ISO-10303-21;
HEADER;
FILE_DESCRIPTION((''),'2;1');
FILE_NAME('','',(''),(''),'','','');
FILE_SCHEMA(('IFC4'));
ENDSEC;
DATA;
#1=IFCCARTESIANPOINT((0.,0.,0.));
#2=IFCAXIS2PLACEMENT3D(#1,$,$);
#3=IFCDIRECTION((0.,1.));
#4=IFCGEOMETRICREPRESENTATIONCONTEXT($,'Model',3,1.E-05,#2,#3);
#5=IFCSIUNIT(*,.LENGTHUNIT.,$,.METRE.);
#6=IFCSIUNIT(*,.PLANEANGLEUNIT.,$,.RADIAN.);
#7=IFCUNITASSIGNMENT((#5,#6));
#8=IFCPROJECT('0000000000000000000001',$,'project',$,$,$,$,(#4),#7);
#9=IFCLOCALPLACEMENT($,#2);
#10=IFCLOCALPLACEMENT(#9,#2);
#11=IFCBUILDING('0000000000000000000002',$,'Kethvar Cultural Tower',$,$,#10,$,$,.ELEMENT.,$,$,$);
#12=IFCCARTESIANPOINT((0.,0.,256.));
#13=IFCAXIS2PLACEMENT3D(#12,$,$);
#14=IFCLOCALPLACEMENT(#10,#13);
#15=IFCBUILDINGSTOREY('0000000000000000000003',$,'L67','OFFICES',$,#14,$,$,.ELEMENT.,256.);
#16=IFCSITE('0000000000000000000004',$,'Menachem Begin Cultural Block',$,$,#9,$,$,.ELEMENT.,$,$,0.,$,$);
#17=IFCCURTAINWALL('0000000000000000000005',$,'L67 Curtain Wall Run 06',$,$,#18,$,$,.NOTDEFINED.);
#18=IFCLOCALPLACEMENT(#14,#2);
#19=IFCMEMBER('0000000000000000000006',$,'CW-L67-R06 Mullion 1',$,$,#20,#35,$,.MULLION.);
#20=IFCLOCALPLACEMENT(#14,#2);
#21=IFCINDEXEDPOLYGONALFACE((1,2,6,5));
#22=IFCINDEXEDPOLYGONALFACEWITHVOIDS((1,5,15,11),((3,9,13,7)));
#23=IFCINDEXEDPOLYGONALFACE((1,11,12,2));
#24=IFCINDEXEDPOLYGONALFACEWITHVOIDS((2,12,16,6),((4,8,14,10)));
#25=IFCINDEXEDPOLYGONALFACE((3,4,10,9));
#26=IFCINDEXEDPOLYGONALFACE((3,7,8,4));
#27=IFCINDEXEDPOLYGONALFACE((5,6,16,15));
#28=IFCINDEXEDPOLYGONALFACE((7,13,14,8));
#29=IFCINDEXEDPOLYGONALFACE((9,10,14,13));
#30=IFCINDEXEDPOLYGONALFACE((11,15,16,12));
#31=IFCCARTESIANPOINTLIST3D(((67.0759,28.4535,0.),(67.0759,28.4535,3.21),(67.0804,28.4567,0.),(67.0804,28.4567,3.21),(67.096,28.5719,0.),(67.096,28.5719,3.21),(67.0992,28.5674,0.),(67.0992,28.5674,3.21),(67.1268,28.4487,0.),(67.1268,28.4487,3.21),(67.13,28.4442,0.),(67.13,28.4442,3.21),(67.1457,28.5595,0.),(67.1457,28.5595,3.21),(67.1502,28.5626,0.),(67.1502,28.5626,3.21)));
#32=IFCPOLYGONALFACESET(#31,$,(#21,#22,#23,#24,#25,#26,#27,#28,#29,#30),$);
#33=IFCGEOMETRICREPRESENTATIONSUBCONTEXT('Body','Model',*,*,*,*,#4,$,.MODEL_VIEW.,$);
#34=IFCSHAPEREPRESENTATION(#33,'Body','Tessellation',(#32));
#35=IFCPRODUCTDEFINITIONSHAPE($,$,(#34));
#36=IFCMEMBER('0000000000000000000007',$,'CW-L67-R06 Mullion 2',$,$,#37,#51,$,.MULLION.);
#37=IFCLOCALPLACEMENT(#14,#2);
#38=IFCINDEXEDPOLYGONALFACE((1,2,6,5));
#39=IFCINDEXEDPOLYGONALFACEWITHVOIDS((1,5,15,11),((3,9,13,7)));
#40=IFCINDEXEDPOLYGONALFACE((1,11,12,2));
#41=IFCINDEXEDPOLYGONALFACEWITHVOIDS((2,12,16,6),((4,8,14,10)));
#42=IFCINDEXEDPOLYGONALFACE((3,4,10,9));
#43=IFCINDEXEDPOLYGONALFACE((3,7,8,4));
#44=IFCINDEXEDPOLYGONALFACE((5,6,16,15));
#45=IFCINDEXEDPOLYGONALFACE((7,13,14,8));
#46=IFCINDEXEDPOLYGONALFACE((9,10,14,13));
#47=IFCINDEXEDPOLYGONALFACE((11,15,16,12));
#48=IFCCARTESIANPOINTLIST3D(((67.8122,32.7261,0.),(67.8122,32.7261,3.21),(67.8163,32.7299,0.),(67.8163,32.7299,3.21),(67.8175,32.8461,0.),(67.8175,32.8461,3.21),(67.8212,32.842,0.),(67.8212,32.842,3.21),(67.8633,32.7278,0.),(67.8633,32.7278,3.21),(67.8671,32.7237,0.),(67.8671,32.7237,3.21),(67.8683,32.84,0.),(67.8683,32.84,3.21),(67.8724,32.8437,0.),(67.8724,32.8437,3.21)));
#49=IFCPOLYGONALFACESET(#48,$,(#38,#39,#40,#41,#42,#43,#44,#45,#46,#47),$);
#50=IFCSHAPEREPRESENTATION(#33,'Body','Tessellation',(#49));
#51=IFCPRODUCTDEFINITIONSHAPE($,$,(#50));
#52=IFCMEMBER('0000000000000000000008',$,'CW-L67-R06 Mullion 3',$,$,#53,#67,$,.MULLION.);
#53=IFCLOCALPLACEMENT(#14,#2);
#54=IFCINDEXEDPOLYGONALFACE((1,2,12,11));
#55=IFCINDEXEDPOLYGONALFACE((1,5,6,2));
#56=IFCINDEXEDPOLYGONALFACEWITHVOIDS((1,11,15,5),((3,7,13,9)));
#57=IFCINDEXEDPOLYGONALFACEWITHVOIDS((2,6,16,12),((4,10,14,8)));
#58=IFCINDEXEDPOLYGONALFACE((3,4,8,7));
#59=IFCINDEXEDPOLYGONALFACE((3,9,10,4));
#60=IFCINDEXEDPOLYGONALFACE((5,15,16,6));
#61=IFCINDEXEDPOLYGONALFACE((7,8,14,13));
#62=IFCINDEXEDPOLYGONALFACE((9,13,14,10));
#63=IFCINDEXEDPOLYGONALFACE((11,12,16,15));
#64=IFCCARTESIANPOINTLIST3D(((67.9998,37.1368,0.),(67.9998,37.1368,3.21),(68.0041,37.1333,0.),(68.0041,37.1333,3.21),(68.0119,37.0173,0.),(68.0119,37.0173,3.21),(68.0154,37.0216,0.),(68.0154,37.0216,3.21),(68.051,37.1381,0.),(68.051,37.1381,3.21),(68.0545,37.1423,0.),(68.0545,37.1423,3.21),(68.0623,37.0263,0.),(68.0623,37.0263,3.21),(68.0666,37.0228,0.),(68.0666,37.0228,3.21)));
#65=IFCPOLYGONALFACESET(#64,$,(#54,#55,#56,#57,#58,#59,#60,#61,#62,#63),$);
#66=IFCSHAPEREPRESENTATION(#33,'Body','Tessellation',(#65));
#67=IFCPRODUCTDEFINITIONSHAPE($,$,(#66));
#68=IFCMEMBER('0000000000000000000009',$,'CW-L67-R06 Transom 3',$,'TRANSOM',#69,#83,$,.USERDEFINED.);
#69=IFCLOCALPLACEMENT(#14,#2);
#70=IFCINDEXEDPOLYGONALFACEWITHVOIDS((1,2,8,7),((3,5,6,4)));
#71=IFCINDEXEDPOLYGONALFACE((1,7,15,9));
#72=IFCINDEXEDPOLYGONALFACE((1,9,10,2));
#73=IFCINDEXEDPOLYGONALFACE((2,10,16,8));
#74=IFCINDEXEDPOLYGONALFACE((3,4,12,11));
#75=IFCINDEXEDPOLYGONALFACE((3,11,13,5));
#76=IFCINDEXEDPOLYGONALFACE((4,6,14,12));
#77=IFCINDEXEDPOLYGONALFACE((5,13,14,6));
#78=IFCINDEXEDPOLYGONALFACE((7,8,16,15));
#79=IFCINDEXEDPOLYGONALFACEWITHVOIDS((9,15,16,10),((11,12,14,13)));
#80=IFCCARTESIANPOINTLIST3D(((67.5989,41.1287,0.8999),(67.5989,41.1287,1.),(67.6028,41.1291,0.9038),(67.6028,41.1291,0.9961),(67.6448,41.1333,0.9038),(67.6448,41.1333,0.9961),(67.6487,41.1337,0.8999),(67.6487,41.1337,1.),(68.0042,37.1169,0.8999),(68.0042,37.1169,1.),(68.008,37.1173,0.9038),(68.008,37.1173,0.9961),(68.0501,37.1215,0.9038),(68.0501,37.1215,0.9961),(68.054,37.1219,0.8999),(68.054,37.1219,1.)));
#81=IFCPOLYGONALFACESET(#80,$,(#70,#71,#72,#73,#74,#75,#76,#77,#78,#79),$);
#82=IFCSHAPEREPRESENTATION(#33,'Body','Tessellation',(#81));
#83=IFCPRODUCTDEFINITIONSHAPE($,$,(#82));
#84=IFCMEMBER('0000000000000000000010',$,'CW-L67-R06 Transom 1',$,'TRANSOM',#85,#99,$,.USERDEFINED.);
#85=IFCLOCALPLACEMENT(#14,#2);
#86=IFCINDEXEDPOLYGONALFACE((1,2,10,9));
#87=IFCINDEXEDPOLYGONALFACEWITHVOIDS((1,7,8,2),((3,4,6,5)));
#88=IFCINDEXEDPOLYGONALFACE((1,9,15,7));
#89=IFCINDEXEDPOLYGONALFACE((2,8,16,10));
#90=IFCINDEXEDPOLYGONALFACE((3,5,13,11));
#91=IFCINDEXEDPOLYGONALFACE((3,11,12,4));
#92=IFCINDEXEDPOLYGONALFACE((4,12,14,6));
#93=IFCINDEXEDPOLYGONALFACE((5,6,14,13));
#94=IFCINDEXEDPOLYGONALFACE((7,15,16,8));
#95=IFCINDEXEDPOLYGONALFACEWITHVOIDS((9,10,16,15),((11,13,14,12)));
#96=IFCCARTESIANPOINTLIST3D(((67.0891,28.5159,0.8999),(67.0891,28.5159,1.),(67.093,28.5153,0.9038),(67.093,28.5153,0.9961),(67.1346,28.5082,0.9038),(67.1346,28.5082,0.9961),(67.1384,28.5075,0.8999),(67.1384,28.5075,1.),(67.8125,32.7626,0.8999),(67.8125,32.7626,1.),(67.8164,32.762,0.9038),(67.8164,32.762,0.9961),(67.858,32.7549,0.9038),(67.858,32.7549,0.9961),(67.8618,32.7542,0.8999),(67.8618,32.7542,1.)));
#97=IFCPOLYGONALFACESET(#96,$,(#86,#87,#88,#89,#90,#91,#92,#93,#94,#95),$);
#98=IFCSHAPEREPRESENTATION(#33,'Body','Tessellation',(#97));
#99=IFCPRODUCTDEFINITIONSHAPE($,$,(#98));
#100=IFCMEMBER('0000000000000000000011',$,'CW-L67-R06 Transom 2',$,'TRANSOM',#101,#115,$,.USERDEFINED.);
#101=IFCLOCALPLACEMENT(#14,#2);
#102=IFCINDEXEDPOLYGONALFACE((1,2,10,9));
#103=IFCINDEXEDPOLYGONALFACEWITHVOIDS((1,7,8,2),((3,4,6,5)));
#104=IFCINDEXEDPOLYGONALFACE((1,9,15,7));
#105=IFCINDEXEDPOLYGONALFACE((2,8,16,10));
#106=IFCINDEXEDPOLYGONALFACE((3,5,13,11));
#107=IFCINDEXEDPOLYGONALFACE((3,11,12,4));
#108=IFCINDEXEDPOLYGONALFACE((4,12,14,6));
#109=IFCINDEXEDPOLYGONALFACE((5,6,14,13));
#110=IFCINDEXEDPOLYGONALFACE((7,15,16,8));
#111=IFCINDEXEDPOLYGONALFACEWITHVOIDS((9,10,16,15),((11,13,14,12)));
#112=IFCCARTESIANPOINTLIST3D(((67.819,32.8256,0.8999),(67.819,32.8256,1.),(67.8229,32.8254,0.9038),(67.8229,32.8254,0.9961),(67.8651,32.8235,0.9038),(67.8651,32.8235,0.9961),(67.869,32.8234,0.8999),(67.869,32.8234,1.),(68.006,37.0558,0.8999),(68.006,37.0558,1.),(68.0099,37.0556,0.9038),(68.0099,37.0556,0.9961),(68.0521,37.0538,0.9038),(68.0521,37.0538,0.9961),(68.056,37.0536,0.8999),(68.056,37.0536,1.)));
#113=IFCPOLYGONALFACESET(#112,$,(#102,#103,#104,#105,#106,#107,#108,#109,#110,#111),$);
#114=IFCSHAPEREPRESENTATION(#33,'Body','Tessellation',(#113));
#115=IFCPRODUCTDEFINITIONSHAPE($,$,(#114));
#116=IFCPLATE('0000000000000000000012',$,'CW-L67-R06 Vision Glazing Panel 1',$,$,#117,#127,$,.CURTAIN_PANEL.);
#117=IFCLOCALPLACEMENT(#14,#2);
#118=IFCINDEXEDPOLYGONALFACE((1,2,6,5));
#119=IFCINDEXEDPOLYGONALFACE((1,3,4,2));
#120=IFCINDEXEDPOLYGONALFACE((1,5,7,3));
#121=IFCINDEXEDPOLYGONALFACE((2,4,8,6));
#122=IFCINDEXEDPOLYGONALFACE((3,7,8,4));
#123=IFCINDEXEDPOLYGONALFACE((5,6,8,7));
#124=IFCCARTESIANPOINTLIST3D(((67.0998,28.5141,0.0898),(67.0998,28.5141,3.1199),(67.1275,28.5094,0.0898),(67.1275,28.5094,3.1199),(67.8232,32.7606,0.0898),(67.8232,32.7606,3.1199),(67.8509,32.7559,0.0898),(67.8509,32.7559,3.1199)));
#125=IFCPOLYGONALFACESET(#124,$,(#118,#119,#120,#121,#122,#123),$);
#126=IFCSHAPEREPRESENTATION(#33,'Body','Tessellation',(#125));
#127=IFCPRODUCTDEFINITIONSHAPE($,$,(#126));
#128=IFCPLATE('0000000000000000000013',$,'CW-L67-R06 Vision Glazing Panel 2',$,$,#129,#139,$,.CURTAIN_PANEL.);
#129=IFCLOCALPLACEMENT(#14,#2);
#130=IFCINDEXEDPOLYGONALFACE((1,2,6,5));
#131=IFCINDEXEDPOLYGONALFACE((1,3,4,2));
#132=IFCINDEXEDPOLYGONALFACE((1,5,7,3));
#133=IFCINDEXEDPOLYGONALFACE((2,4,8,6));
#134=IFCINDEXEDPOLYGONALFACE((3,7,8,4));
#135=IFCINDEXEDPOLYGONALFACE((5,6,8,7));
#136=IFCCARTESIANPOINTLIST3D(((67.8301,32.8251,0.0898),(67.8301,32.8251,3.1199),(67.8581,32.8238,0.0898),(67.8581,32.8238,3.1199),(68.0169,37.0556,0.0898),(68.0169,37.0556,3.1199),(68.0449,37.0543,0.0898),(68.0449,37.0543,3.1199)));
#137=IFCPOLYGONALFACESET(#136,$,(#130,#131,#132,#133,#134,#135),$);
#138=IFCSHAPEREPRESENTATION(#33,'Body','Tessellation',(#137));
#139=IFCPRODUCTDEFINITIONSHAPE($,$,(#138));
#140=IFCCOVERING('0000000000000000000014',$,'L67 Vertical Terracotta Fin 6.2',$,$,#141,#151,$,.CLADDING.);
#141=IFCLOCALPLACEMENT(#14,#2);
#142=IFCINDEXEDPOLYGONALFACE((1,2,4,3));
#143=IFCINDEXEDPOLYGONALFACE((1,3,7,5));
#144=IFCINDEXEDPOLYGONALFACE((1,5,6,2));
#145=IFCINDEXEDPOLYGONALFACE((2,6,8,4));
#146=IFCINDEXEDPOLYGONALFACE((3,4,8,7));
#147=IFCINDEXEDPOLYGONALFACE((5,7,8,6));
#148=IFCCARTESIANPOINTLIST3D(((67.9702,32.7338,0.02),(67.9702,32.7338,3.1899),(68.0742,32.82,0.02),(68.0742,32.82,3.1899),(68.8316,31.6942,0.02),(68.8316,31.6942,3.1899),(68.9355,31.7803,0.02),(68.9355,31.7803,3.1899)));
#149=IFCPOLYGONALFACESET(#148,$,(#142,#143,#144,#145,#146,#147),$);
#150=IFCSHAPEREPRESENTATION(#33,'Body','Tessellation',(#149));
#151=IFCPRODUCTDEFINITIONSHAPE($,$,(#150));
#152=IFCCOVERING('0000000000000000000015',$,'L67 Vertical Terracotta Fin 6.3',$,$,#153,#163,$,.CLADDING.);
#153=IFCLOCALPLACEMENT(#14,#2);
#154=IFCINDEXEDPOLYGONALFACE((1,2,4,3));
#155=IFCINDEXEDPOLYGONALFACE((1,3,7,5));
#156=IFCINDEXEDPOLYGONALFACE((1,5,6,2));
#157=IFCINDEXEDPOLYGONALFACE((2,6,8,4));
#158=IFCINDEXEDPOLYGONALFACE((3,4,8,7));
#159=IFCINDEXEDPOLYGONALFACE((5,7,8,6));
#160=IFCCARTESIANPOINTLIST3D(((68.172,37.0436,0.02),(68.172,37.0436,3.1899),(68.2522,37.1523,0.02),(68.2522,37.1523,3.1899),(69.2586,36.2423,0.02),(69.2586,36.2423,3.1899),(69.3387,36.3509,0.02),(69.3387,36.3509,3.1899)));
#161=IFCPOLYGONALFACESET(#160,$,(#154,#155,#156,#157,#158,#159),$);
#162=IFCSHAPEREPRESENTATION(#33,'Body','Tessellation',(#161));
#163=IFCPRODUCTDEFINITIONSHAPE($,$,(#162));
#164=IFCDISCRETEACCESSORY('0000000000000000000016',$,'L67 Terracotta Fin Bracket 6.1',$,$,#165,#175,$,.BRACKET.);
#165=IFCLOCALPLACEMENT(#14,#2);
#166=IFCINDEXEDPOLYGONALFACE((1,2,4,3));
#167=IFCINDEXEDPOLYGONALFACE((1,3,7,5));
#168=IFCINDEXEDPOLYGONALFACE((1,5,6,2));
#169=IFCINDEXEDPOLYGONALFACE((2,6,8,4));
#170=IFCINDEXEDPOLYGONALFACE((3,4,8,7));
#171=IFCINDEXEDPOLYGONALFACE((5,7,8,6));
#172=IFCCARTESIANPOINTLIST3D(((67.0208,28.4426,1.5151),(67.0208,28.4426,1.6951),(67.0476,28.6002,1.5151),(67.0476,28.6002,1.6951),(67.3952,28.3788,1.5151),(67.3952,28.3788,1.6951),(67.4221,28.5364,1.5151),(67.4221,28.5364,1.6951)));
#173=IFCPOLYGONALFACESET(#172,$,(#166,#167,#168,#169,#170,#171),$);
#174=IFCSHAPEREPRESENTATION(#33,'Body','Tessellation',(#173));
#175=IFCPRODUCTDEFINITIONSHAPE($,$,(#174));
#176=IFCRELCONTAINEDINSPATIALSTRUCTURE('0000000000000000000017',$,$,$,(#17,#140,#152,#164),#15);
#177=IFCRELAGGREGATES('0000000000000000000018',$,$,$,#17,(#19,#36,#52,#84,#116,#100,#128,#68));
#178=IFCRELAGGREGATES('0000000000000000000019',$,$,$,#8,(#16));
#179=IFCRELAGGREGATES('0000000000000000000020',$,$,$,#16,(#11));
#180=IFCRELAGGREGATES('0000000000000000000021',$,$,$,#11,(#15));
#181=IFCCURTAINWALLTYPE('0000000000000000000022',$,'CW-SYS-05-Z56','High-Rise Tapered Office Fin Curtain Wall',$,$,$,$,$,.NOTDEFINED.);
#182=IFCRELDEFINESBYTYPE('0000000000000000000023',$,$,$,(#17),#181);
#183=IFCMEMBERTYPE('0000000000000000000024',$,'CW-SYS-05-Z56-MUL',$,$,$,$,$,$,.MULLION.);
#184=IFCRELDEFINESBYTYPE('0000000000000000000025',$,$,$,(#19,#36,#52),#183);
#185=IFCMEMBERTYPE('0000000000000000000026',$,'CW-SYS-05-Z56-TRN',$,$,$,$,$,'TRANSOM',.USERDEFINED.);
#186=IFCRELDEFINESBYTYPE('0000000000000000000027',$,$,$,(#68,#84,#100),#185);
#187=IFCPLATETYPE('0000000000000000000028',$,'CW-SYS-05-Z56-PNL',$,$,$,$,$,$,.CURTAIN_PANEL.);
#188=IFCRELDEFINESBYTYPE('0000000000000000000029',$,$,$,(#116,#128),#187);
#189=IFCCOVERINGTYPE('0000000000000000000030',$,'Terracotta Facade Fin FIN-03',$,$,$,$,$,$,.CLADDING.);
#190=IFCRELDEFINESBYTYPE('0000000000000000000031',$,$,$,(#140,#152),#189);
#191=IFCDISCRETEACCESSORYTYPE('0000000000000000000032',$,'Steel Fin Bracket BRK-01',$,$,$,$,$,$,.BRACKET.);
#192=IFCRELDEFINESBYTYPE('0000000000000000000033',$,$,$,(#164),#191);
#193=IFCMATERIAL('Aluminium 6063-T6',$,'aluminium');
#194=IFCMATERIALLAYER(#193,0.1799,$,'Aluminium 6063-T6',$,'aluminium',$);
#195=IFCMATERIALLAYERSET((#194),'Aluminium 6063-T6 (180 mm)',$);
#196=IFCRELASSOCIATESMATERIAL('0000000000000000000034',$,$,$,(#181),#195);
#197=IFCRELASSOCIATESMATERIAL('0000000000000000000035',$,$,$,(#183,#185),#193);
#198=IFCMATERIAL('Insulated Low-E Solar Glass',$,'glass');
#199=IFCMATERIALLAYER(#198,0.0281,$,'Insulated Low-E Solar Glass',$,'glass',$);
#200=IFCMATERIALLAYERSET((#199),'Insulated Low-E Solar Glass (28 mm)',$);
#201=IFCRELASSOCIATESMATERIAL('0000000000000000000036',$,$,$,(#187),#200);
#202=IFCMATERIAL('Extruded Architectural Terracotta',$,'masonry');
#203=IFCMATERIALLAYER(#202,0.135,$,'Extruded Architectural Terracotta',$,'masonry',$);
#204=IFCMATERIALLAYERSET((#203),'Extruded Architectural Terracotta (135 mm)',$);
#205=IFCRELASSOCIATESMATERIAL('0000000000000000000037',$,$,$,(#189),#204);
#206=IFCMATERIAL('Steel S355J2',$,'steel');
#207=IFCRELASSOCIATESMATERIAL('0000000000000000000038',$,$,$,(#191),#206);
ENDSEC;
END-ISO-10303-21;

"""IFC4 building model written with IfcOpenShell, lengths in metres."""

from ifc_helpers import new_model, si_unit, direction, frame, origin, origin_2d, place, context, subcontext, project, spatial, rectangle, hollow_rectangle, extrude, source, transform, mapped, material, layer, layer_set, material_profile, profile_set, type_object, element, aggregate, save


model = new_model("IFC4")

# Units and contexts
model_context = context("Model", 3, precision=1e-05, world=origin(), true_north=direction((0.0, 1.0)))
body_context = subcontext(model_context, "Body", "Model", "MODEL_VIEW")
ifc_project = project(units=[si_unit("LENGTHUNIT", "METRE"), si_unit("PLANEANGLEUNIT", "RADIAN")], contexts=[model_context])

# Site, building, storey
site_placement = place(None, origin())
site = spatial("IfcSite", under=ifc_project, at=site_placement, Name="Menachem Begin Cultural Block", CompositionType="ELEMENT", RefElevation=0.0)
building_placement = place(site_placement, origin())
building = spatial("IfcBuilding", under=site, at=building_placement, Name="Kethvar Cultural Tower", CompositionType="ELEMENT")
storey_placement = place(building_placement, frame((0.0, 0.0, 256.0)))
storey = spatial("IfcBuildingStorey", under=building, at=storey_placement, Name="L67", Description="OFFICES", CompositionType="ELEMENT", Elevation=256.0)

# Curtain wall, members, plates
ifc_material_1 = material(Name="Aluminium 6063-T6", Category="aluminium")
ifc_layer_1 = layer(ifc_material_1, 0.1799, Name="Aluminium 6063-T6", Category="aluminium")
ifc_layer_set_1 = layer_set([ifc_layer_1], Name="Aluminium 6063-T6 (180 mm)")
curtain_wall_type = type_object("IfcCurtainWallType", Name="CW-SYS-05-Z56", Description="High-Rise Tapered Office Fin Curtain Wall", PredefinedType="NOTDEFINED", material=ifc_layer_set_1)
curtain_wall_placement = place(storey_placement, origin())
curtain_wall = element("IfcCurtainWall", 1, at=curtain_wall_placement, inside=storey, type_object=curtain_wall_type, Name="L67 Curtain Wall Run 06", PredefinedType="NOTDEFINED")
ifc_material_profile_1 = material_profile(ifc_material_1, hollow_rectangle(XDim=0.0549, YDim=0.1201, WallThickness=0.0039, at=origin_2d()), Name="Aluminium 6063-T6 — RHS120x55x4")
ifc_profile_set_1 = profile_set([ifc_material_profile_1], Name="Aluminium 6063-T6 — RHS120x55x4")
member_type_1 = type_object("IfcMemberType", Name="CW-SYS-05-Z56-MUL", PredefinedType="MULLION", material=ifc_profile_set_1)
shared_shape_1 = source(origin(), body_context, "Body", "SweptSolid", [
    extrude(hollow_rectangle(XDim=0.0549, YDim=0.1201, WallThickness=0.0039, at=origin_2d()), origin(), (0.0, 0.0, 1.0), 3.21),
])
member_1_placement = place(storey_placement, frame((67.113, 28.5081, 0.0), z_axis=(0.0, 0.0, 1.0), x_axis=(-0.985797, 0.167939, 0.0)))
member_1 = element("IfcMember", 2, at=member_1_placement, type_object=member_type_1, Name="CW-L67-R06 Mullion 1", PredefinedType="MULLION", context=body_context, shape_type="MappedRepresentation", body=[
    mapped(shared_shape_1, transform((0.0, 0.0, 0.0), scale=1.0)),
])
member_2_placement = place(storey_placement, frame((67.8423, 32.7849, 0.0), z_axis=(0.0, 0.0, 1.0), x_axis=(-0.999027, 0.044108, 0.0)))
member_2 = element("IfcMember", 3, at=member_2_placement, type_object=member_type_1, Name="CW-L67-R06 Mullion 2", PredefinedType="MULLION", context=body_context, shape_type="MappedRepresentation", body=[
    mapped(shared_shape_1, transform((0.0, 0.0, 0.0), scale=1.0)),
])
member_3_placement = place(storey_placement, frame((68.0332, 37.0798, 0.0), z_axis=(0.0, 0.0, 1.0), x_axis=(-0.994932, -0.100553, 0.0)))
member_3 = element("IfcMember", 4, at=member_3_placement, type_object=member_type_1, Name="CW-L67-R06 Mullion 3", PredefinedType="MULLION", context=body_context, shape_type="MappedRepresentation", body=[
    mapped(shared_shape_1, transform((0.0, 0.0, 0.0), scale=1.0)),
])
ifc_material_profile_2 = material_profile(ifc_material_1, hollow_rectangle(XDim=0.05, YDim=0.1001, WallThickness=0.0039, at=origin_2d()), Name="Aluminium 6063-T6 — RHS100x50x4")
ifc_profile_set_2 = profile_set([ifc_material_profile_2], Name="Aluminium 6063-T6 — RHS100x50x4")
member_type_2 = type_object("IfcMemberType", Name="CW-SYS-05-Z56-TRN", ElementType="TRANSOM", PredefinedType="USERDEFINED", material=ifc_profile_set_2)
shared_shape_2 = source(origin(), body_context, "Body", "SweptSolid", [
    extrude(hollow_rectangle(XDim=0.05, YDim=0.1001, WallThickness=0.0039, at=origin_2d()), origin(), (0.0, 0.0, 1.0), 4.0322),
])
member_4_placement = place(storey_placement, frame((68.0291, 37.1194, 0.95), z_axis=(-0.100511, 0.994936, 0.0), x_axis=(-0.994936, -0.100511, 0.0)))
member_4 = element("IfcMember", 5, at=member_4_placement, type_object=member_type_2, Name="CW-L67-R06 Transom 3", ObjectType="TRANSOM", PredefinedType="USERDEFINED", context=body_context, shape_type="MappedRepresentation", body=[
    mapped(shared_shape_2, transform((0.0, 0.0, 0.0), scale=1.0)),
])
shared_shape_3 = source(origin(), body_context, "Body", "SweptSolid", [
    extrude(hollow_rectangle(XDim=0.05, YDim=0.1001, WallThickness=0.0039, at=origin_2d()), origin(), (0.0, 0.0, 1.0), 4.3079),
])
member_5_placement = place(storey_placement, frame((67.1138, 28.5117, 0.95), z_axis=(0.167927, 0.985799, 0.0), x_axis=(-0.985799, 0.167927, 0.0)))
member_5 = element("IfcMember", 6, at=member_5_placement, type_object=member_type_2, Name="CW-L67-R06 Transom 1", ObjectType="TRANSOM", PredefinedType="USERDEFINED", context=body_context, shape_type="MappedRepresentation", body=[
    mapped(shared_shape_3, transform((0.0, 0.0, 0.0), scale=1.0)),
])
shared_shape_4 = source(origin(), body_context, "Body", "SweptSolid", [
    extrude(hollow_rectangle(XDim=0.05, YDim=0.1001, WallThickness=0.0039, at=origin_2d()), origin(), (0.0, 0.0, 1.0), 4.2344),
])
member_6_placement = place(storey_placement, frame((67.844, 32.8245, 0.95), z_axis=(0.044165, 0.999024, 0.0), x_axis=(-0.999024, 0.044165, 0.0)))
member_6 = element("IfcMember", 7, at=member_6_placement, type_object=member_type_2, Name="CW-L67-R06 Transom 2", ObjectType="TRANSOM", PredefinedType="USERDEFINED", context=body_context, shape_type="MappedRepresentation", body=[
    mapped(shared_shape_4, transform((0.0, 0.0, 0.0), scale=1.0)),
])
ifc_material_2 = material(Name="Insulated Low-E Solar Glass", Category="glass")
ifc_layer_2 = layer(ifc_material_2, 0.0281, Name="Insulated Low-E Solar Glass", Category="glass")
ifc_layer_set_2 = layer_set([ifc_layer_2], Name="Insulated Low-E Solar Glass (28 mm)")
plate_type = type_object("IfcPlateType", Name="CW-SYS-05-Z56-PNL", PredefinedType="CURTAIN_PANEL", material=ifc_layer_set_2)
shared_shape_5 = source(origin(), body_context, "Body", "SweptSolid", [
    extrude(rectangle(XDim=4.3076, YDim=0.0281, at=origin_2d()), origin(), (0.0, 0.0, 1.0), 3.03),
])
plate_1_placement = place(storey_placement, frame((67.4753, 30.635, 0.0898), z_axis=(0.0, 0.0, 1.0), x_axis=(0.167939, 0.985797, 0.0)))
plate_1 = element("IfcPlate", 8, at=plate_1_placement, type_object=plate_type, Name="CW-L67-R06 Vision Glazing Panel 1", PredefinedType="CURTAIN_PANEL", context=body_context, shape_type="MappedRepresentation", body=[
    mapped(shared_shape_5, transform((0.0, 0.0, 0.0), scale=1.0)),
])
shared_shape_6 = source(origin(), body_context, "Body", "SweptSolid", [
    extrude(rectangle(XDim=4.2346, YDim=0.0281, at=origin_2d()), origin(), (0.0, 0.0, 1.0), 3.03),
])
plate_2_placement = place(storey_placement, frame((67.9375, 34.9397, 0.0898), z_axis=(0.0, 0.0, 1.0), x_axis=(0.044108, 0.999027, 0.0)))
plate_2 = element("IfcPlate", 9, at=plate_2_placement, type_object=plate_type, Name="CW-L67-R06 Vision Glazing Panel 2", PredefinedType="CURTAIN_PANEL", context=body_context, shape_type="MappedRepresentation", body=[
    mapped(shared_shape_6, transform((0.0, 0.0, 0.0), scale=1.0)),
])
aggregate(curtain_wall, [member_1, member_2, member_3, member_5, plate_1, member_6, plate_2, member_4])

# Coverings
ifc_material_3 = material(Name="Extruded Architectural Terracotta", Category="masonry")
ifc_layer_3 = layer(ifc_material_3, 0.135, Name="Extruded Architectural Terracotta", Category="masonry")
ifc_layer_set_3 = layer_set([ifc_layer_3], Name="Extruded Architectural Terracotta (135 mm)")
covering_type = type_object("IfcCoveringType", Name="Terracotta Facade Fin FIN-03", PredefinedType="CLADDING", material=ifc_layer_set_3)
shared_shape_7 = source(origin(), body_context, "Body", "SweptSolid", [
    extrude(rectangle(XDim=1.3501, YDim=0.135, at=origin_2d()), origin(), (0.0, 0.0, 1.0), 3.1699),
])
for number, where, z_axis, x_axis, name in (
    (10, (68.4529, 32.2571, 0.02), (0.0, 0.0, 1.0), (0.637962, -0.770068, 0.0), "L67 Vertical Terracotta Fin 6.2"),
    (11, (68.7554, 36.6973, 0.02), (0.0, 0.0, 1.0), (0.80479, -0.593559, 0.0), "L67 Vertical Terracotta Fin 6.3"),
):
    element("IfcCovering", number, at=place(storey_placement, frame(where, z_axis=z_axis, x_axis=x_axis)), inside=storey, type_object=covering_type, Name=name, PredefinedType="CLADDING", context=body_context, shape_type="MappedRepresentation", body=[
        mapped(shared_shape_7, transform((0.0, 0.0, 0.0), scale=1.0)),
    ])

# Discrete accessory
ifc_material_4 = material(Name="Steel S355J2", Category="steel")
discrete_accessory_type = type_object("IfcDiscreteAccessoryType", Name="Steel Fin Bracket BRK-01", PredefinedType="BRACKET", material=ifc_material_4)
shared_shape_8 = source(origin(), body_context, "Body", "SweptSolid", [
    extrude(rectangle(XDim=0.3799, YDim=0.1599, at=origin_2d()), origin(), (0.0, 0.0, 1.0), 0.1799),
])
for number, where, z_axis, x_axis, name in (
    (12, (67.2214, 28.4895, 1.5151), (0.0, 0.0, 1.0), (0.985792, -0.167973, 0.0), "L67 Terracotta Fin Bracket 6.1"),
):
    element("IfcDiscreteAccessory", number, at=place(storey_placement, frame(where, z_axis=z_axis, x_axis=x_axis)), inside=storey, type_object=discrete_accessory_type, Name=name, PredefinedType="BRACKET", context=body_context, shape_type="MappedRepresentation", body=[
        mapped(shared_shape_8, transform((0.0, 0.0, 0.0), scale=1.0)),
    ])

save(model, "model.ifc")
